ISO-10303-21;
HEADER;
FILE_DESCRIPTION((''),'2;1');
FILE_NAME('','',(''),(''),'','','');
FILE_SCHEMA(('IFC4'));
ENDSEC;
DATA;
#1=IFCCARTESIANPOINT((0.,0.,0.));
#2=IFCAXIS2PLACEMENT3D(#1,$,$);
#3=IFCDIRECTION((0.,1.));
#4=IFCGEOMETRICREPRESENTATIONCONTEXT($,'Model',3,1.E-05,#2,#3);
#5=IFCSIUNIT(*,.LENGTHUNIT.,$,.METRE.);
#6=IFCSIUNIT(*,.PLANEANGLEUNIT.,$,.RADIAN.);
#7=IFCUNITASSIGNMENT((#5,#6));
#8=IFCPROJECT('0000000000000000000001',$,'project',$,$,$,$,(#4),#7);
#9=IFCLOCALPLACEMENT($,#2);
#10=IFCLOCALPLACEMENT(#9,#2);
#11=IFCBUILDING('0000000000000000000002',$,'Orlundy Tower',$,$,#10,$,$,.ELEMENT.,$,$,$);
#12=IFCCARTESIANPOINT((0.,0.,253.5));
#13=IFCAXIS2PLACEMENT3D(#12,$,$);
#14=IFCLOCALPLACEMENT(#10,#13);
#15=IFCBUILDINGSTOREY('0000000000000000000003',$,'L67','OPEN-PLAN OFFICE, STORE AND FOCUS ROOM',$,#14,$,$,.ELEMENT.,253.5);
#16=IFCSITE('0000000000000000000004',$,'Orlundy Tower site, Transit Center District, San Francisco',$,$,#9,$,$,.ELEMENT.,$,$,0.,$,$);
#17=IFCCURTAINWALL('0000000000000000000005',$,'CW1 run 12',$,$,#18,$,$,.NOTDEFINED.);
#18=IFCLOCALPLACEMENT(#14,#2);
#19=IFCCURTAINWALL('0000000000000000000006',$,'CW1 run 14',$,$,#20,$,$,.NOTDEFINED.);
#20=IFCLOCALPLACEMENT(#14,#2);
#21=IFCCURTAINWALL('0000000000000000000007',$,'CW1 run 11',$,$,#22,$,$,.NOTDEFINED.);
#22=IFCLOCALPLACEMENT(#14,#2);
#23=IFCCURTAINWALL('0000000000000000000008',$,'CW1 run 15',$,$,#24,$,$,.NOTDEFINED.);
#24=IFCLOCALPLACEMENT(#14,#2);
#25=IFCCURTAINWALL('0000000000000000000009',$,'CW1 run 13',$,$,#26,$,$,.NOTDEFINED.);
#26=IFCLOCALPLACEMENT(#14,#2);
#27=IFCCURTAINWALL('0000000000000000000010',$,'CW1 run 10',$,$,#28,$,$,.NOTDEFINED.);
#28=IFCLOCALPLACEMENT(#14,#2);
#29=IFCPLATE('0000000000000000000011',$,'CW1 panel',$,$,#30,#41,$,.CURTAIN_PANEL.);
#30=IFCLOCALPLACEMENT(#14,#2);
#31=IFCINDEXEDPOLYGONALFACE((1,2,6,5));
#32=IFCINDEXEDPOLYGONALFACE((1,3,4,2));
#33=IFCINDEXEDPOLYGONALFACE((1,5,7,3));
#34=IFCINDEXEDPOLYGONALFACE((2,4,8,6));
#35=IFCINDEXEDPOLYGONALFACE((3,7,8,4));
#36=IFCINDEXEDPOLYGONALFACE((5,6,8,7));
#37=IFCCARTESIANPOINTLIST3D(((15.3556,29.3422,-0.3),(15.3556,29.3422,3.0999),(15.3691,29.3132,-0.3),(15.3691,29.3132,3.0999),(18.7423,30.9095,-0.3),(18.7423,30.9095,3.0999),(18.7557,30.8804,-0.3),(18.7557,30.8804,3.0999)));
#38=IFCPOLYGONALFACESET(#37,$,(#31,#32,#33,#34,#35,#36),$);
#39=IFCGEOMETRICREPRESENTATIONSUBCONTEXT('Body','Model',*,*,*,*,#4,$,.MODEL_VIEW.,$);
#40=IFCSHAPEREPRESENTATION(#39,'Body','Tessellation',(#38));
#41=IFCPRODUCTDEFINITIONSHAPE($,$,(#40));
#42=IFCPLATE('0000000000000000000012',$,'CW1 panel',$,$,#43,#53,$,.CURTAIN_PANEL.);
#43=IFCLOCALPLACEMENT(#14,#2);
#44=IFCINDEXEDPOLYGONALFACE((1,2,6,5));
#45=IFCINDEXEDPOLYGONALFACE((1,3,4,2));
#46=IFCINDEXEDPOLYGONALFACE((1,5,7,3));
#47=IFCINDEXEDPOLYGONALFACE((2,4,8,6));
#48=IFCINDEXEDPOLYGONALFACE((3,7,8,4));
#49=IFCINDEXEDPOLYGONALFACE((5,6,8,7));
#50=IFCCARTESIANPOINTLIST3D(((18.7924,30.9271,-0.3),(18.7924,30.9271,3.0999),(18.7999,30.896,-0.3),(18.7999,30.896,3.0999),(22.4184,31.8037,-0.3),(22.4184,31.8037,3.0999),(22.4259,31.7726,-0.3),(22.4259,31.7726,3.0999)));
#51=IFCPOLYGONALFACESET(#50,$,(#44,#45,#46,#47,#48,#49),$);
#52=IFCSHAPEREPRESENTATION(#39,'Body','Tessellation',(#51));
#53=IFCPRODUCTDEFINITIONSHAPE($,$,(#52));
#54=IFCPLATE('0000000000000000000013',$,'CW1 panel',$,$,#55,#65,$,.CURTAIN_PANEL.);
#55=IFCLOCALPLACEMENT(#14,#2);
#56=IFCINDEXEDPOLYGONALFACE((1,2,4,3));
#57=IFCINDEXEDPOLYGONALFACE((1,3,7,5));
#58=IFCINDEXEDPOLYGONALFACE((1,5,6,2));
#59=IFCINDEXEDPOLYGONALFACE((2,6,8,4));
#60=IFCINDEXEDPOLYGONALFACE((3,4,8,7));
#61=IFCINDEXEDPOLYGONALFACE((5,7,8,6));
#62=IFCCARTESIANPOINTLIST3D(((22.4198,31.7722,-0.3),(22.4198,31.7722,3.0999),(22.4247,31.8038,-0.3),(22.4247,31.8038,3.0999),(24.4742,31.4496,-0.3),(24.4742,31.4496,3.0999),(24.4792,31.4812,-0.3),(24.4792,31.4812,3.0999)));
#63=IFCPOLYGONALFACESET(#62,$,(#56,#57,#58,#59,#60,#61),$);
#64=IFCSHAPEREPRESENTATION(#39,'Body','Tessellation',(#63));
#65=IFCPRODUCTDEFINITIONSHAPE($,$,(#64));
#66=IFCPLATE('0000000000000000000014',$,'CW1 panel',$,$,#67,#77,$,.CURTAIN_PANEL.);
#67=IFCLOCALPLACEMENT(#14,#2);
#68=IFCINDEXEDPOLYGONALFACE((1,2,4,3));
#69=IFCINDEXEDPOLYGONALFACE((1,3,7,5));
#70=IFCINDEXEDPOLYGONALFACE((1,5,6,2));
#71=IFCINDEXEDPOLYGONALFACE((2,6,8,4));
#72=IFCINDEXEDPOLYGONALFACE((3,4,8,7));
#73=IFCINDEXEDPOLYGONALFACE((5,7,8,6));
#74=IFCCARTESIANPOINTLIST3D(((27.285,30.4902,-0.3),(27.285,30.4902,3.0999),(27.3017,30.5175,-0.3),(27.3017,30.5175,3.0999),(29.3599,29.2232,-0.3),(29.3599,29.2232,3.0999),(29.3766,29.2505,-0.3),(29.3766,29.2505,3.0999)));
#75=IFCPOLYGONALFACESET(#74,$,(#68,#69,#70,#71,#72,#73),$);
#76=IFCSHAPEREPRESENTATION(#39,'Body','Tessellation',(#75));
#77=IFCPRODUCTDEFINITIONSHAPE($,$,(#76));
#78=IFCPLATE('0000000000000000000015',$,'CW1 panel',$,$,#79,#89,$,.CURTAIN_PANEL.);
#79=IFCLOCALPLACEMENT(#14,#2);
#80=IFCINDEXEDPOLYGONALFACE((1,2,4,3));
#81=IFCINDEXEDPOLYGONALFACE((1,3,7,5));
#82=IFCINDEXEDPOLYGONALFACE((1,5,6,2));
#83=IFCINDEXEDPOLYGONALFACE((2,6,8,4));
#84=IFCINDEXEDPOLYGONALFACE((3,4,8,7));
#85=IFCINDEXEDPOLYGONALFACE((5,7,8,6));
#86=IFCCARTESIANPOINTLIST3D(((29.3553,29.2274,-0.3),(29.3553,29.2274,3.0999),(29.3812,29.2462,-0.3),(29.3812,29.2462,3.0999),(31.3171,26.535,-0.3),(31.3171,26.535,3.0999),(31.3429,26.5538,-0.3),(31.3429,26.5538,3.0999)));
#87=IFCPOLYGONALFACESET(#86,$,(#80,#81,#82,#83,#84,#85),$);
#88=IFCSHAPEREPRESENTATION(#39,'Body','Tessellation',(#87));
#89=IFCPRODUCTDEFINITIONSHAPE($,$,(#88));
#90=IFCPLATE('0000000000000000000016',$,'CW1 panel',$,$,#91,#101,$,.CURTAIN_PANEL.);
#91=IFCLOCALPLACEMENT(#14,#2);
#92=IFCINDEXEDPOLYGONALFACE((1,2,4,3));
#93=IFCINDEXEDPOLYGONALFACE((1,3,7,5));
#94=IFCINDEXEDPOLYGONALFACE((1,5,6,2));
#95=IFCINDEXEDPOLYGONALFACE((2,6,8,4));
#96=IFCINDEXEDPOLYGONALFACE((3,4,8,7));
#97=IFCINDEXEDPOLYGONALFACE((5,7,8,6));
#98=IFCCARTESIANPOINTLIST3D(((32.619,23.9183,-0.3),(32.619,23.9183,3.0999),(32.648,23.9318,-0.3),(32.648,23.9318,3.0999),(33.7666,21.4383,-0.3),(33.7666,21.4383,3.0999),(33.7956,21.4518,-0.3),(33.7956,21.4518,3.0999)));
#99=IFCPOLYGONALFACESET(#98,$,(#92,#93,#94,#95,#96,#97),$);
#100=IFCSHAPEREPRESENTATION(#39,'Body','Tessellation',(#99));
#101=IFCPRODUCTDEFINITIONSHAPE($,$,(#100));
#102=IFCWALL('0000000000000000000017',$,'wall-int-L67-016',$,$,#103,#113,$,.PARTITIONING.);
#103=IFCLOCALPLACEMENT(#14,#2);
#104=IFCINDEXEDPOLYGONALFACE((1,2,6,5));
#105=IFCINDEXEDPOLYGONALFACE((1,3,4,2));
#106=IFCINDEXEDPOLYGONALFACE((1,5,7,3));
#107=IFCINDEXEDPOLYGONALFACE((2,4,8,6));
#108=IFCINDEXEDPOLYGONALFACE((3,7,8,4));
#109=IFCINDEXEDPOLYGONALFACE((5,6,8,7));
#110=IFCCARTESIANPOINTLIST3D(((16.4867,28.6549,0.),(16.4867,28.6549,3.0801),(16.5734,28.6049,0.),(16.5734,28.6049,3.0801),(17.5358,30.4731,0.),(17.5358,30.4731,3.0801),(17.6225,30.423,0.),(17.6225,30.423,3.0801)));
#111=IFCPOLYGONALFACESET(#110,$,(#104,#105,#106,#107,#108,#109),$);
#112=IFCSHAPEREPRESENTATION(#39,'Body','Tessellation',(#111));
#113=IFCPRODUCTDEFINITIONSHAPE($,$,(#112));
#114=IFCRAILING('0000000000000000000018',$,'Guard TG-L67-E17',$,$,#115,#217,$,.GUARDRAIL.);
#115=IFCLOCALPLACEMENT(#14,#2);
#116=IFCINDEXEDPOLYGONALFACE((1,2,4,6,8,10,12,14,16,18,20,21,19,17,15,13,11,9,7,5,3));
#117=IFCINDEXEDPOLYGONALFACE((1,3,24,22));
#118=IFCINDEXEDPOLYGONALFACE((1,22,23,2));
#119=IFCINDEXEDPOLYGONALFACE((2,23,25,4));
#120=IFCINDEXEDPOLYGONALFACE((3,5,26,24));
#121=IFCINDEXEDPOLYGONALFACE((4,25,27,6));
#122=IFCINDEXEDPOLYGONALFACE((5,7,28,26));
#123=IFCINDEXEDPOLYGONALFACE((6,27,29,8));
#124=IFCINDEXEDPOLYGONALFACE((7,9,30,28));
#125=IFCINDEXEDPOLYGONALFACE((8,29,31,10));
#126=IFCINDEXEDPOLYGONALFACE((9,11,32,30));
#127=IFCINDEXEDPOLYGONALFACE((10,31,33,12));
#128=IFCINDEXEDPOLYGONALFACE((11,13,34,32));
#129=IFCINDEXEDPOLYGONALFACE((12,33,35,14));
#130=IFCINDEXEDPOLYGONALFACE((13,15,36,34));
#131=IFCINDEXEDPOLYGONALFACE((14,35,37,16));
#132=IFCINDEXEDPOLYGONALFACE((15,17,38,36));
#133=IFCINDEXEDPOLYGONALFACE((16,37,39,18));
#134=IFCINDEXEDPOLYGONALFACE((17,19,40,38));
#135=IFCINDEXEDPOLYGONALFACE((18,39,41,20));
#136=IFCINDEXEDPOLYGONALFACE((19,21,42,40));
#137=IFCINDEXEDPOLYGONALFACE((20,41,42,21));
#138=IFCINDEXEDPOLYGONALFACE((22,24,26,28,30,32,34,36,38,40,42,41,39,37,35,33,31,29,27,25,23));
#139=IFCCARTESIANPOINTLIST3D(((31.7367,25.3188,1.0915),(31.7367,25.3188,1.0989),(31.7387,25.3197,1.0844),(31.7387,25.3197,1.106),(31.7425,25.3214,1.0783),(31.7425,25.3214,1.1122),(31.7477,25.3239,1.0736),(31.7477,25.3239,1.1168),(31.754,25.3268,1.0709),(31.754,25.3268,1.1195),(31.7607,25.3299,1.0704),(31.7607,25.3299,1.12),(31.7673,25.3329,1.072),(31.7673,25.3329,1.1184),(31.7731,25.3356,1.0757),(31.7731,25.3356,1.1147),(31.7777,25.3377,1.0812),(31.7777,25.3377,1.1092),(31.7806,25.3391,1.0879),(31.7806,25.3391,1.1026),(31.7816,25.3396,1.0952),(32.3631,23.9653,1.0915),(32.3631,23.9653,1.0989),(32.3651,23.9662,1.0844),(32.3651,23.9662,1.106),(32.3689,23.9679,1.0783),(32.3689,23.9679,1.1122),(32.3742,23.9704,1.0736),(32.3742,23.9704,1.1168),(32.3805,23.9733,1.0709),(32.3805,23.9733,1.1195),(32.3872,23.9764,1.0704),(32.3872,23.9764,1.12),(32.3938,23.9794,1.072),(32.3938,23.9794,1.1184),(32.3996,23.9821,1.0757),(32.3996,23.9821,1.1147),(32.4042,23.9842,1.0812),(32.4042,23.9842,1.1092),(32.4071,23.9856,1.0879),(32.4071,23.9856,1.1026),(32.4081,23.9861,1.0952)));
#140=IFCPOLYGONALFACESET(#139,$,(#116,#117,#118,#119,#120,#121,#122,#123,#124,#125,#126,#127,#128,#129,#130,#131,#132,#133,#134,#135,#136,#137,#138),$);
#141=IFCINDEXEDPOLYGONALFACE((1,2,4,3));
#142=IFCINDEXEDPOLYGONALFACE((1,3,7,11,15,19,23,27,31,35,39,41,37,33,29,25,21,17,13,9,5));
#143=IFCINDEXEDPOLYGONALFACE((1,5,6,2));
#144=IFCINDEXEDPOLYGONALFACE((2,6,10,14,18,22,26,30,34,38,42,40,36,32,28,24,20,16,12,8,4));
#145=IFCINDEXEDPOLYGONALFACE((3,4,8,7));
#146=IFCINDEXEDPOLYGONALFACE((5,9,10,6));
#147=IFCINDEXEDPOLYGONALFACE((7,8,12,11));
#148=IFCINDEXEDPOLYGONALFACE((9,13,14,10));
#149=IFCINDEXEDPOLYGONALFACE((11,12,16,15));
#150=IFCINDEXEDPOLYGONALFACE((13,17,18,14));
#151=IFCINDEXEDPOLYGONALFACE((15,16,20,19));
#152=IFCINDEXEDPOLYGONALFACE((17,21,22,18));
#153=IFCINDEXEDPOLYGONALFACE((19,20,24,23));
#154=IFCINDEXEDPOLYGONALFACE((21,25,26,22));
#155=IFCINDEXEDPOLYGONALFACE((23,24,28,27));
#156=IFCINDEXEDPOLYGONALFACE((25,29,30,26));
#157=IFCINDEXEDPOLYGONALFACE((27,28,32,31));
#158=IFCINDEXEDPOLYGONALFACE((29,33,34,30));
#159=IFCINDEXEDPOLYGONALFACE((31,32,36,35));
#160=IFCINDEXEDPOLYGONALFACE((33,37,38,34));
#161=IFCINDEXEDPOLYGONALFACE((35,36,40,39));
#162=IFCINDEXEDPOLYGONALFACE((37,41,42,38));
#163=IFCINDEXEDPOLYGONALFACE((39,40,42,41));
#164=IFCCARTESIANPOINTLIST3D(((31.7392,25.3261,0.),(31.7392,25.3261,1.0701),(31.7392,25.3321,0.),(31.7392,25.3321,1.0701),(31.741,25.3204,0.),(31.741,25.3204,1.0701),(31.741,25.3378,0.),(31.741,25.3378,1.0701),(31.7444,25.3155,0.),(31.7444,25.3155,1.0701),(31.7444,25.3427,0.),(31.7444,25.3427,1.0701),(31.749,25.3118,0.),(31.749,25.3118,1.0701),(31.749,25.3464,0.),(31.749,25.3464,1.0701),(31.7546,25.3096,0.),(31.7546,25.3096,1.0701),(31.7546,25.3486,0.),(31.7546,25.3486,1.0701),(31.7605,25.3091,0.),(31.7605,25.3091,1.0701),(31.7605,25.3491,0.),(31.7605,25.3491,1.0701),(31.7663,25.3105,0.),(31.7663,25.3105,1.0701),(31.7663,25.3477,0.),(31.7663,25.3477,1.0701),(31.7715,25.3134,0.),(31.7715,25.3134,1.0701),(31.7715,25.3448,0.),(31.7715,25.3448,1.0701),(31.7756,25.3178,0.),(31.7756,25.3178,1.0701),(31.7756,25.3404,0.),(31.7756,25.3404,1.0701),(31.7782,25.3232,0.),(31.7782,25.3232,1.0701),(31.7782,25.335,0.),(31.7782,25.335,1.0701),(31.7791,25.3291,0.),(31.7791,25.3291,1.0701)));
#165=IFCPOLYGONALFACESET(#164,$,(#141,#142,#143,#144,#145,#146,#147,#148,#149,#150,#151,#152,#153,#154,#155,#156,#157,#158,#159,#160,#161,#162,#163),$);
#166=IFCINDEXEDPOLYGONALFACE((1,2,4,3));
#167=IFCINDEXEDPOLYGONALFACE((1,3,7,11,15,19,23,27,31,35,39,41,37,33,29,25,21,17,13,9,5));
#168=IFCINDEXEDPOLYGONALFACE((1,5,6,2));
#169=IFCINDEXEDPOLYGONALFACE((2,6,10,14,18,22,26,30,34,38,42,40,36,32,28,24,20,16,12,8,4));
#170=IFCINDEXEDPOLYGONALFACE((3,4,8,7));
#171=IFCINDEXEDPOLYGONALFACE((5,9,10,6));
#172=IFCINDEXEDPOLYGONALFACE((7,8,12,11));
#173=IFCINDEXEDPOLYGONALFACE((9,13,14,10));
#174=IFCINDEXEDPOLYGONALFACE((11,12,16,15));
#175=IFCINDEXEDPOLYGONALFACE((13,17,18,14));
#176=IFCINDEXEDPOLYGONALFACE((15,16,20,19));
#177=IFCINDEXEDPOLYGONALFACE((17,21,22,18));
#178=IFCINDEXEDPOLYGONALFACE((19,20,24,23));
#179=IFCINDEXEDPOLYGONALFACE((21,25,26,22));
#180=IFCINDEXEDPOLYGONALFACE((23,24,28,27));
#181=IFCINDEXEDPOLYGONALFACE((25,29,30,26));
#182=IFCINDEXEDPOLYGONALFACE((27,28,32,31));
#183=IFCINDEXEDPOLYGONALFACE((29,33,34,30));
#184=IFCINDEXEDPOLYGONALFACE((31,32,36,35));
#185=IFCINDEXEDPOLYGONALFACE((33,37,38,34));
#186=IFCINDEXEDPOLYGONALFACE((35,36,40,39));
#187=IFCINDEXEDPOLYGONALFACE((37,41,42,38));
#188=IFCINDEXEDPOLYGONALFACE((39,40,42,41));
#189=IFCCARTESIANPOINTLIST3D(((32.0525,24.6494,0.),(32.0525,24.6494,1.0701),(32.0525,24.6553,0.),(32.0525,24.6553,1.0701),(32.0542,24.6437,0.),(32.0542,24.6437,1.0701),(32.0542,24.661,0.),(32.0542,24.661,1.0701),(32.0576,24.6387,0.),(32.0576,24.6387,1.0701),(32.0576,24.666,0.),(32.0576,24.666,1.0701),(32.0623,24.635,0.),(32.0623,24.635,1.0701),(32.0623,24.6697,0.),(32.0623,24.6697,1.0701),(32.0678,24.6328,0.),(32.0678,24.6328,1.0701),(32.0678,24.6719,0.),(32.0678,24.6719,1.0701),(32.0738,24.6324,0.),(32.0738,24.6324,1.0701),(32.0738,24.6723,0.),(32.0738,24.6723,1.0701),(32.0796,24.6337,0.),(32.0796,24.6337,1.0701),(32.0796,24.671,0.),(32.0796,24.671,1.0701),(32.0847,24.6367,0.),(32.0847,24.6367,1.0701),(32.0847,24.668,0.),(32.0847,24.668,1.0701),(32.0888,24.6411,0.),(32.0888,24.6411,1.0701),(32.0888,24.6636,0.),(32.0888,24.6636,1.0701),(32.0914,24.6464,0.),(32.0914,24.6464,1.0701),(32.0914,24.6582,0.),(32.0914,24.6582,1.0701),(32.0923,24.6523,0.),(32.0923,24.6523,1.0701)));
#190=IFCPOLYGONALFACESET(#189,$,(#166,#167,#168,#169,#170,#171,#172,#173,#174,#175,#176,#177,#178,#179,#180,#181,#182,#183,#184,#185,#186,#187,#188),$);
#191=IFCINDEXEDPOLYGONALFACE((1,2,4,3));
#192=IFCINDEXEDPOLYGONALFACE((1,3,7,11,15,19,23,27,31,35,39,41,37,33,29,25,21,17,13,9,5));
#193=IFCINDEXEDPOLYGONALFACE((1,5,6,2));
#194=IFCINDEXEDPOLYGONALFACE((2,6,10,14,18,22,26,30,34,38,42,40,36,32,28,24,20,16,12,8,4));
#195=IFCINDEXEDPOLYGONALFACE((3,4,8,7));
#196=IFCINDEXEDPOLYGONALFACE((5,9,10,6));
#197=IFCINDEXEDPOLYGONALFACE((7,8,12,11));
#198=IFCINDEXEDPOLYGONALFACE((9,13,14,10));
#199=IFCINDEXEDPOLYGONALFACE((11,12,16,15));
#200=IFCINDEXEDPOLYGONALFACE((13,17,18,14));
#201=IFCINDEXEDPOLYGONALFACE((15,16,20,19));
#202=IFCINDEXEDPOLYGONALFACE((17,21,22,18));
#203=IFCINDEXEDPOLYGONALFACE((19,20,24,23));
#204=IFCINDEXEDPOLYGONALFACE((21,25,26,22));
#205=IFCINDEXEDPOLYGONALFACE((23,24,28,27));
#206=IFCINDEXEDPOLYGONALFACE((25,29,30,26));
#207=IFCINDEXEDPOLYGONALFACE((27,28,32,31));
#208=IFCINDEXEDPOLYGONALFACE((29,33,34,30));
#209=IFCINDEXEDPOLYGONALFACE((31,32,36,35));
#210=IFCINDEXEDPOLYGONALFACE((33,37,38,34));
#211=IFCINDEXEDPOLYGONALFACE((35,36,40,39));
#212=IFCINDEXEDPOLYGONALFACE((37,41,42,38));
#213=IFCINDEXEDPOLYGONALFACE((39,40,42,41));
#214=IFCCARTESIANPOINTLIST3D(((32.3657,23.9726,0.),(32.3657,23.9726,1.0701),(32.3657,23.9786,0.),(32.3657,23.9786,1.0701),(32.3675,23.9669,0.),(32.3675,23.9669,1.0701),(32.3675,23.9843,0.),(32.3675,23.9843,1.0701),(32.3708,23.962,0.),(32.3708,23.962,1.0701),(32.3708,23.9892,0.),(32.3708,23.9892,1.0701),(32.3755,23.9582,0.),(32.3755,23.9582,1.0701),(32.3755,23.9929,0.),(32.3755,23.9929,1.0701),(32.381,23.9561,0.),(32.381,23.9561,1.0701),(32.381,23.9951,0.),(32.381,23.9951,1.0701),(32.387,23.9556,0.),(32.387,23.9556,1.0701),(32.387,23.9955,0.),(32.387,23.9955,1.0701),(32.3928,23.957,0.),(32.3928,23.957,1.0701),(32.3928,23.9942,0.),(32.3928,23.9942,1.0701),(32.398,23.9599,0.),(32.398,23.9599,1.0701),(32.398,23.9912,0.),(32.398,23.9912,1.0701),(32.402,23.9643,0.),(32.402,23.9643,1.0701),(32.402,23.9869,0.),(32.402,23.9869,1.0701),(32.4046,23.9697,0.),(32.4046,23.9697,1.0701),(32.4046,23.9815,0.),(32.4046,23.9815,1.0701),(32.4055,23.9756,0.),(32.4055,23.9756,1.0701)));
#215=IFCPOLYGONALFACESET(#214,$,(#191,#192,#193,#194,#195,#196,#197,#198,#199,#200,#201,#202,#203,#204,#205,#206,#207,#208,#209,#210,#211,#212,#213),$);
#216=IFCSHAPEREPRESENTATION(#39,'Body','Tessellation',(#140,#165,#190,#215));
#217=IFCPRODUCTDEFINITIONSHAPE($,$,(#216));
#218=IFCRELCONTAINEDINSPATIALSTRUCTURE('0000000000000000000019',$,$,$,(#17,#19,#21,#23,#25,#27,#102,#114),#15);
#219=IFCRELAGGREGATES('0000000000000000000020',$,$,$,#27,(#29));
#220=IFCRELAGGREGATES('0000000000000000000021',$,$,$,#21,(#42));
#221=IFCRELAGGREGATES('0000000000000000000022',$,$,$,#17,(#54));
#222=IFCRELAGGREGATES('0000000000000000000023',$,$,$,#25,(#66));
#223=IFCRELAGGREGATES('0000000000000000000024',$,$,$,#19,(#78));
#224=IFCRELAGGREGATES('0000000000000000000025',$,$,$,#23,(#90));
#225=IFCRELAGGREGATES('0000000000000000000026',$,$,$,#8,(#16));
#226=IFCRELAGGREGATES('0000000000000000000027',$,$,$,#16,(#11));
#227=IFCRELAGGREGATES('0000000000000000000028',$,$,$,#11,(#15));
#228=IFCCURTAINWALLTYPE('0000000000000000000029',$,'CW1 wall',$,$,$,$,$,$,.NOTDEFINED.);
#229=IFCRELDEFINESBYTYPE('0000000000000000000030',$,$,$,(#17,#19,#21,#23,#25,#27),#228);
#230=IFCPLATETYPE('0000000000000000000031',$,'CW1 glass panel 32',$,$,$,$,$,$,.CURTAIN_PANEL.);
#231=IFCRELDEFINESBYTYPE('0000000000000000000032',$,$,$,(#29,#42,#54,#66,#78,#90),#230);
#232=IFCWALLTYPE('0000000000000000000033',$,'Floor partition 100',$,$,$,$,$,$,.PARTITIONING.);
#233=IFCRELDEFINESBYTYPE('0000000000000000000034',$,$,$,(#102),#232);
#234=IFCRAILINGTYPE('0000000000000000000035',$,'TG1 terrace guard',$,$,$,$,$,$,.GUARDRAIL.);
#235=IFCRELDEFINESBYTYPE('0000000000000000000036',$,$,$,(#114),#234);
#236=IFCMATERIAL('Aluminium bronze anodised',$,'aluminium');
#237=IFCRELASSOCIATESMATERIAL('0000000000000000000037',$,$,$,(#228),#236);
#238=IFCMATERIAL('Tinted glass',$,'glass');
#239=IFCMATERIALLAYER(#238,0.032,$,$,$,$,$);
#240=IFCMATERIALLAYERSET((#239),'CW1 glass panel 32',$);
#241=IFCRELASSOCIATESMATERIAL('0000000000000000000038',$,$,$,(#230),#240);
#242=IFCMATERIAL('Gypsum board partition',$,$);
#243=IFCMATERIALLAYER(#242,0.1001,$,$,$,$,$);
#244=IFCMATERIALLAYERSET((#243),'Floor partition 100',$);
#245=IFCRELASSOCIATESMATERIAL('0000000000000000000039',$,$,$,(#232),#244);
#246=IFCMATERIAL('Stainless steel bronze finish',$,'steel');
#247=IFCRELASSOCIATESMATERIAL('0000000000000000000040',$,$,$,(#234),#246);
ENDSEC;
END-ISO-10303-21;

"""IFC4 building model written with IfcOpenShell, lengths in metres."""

from ifc_helpers import new_model, si_unit, direction, frame, frame_2d, origin, origin_2d, place, context, subcontext, project, spatial, rectangle, circle, extrude, material, layer, layer_set, type_object, element, aggregate, save


model = new_model("IFC4")

# Units and contexts
model_context = context("Model", 3, precision=1e-05, world=origin(), true_north=direction((0.0, 1.0)))
body_context = subcontext(model_context, "Body", "Model", "MODEL_VIEW")
ifc_project = project(units=[si_unit("LENGTHUNIT", "METRE"), si_unit("PLANEANGLEUNIT", "RADIAN")], contexts=[model_context])

# Site, building, storey
site_placement = place(None, origin())
site = spatial("IfcSite", under=ifc_project, at=site_placement, Name="Orlundy Tower site, Transit Center District, San Francisco", CompositionType="ELEMENT", RefElevation=0.0)
building_placement = place(site_placement, origin())
building = spatial("IfcBuilding", under=site, at=building_placement, Name="Orlundy Tower", CompositionType="ELEMENT")
storey_placement = place(building_placement, frame((0.0, 0.0, 253.5)))
storey = spatial("IfcBuildingStorey", under=building, at=storey_placement, Name="L67", Description="OPEN-PLAN OFFICE, STORE AND FOCUS ROOM", CompositionType="ELEMENT", Elevation=253.5)

# Curtain walls
ifc_material_1 = material(Name="Aluminium bronze anodised", Category="aluminium")
curtain_wall_type = type_object("IfcCurtainWallType", Name="CW1 wall", PredefinedType="NOTDEFINED", material=ifc_material_1)
curtain_wall_1_placement = place(storey_placement, origin())
curtain_wall_1 = element("IfcCurtainWall", 1, at=curtain_wall_1_placement, inside=storey, type_object=curtain_wall_type, Name="CW1 run 12", PredefinedType="NOTDEFINED")
curtain_wall_2_placement = place(storey_placement, origin())
curtain_wall_2 = element("IfcCurtainWall", 2, at=curtain_wall_2_placement, inside=storey, type_object=curtain_wall_type, Name="CW1 run 14", PredefinedType="NOTDEFINED")
curtain_wall_3_placement = place(storey_placement, origin())
curtain_wall_3 = element("IfcCurtainWall", 3, at=curtain_wall_3_placement, inside=storey, type_object=curtain_wall_type, Name="CW1 run 11", PredefinedType="NOTDEFINED")
curtain_wall_4_placement = place(storey_placement, origin())
curtain_wall_4 = element("IfcCurtainWall", 4, at=curtain_wall_4_placement, inside=storey, type_object=curtain_wall_type, Name="CW1 run 15", PredefinedType="NOTDEFINED")

# Curtain wall
curtain_wall_5_placement = place(storey_placement, origin())
curtain_wall_5 = element("IfcCurtainWall", 5, at=curtain_wall_5_placement, inside=storey, type_object=curtain_wall_type, Name="CW1 run 13", PredefinedType="NOTDEFINED")

# Curtain wall, plate
curtain_wall_6_placement = place(storey_placement, origin())
curtain_wall_6 = element("IfcCurtainWall", 6, at=curtain_wall_6_placement, inside=storey, type_object=curtain_wall_type, Name="CW1 run 10", PredefinedType="NOTDEFINED")
ifc_material_2 = material(Name="Tinted glass", Category="glass")
ifc_layer_1 = layer(ifc_material_2, 0.032)
ifc_layer_set_1 = layer_set([ifc_layer_1], Name="CW1 glass panel 32")
plate_type = type_object("IfcPlateType", Name="CW1 glass panel 32", PredefinedType="CURTAIN_PANEL", material=ifc_layer_set_1)
plate_1_placement = place(storey_placement, frame((17.0557, 30.1113, -0.3), z_axis=(0.0, 0.0, 1.0), x_axis=(0.907535, 0.419976, 0.0)))
plate_1 = element("IfcPlate", 7, at=plate_1_placement, type_object=plate_type, Name="CW1 panel", PredefinedType="CURTAIN_PANEL", context=body_context, shape_type="SweptSolid", body=[
    extrude(rectangle(XDim=3.7317, YDim=0.032, at=origin_2d()), origin(), (0.0, 0.0, 1.0), 3.3999),
])
aggregate(curtain_wall_6, [plate_1])

# Plates
plate_2_placement = place(storey_placement, frame((20.6091, 31.3499, -0.3), z_axis=(0.0, 0.0, 1.0), x_axis=(0.972002, 0.234975, 0.0)))
plate_2 = element("IfcPlate", 8, at=plate_2_placement, type_object=plate_type, Name="CW1 panel", PredefinedType="CURTAIN_PANEL", context=body_context, shape_type="SweptSolid", body=[
    extrude(rectangle(XDim=3.7305, YDim=0.032, at=origin_2d()), origin(), (0.0, 0.0, 1.0), 3.3999),
])
aggregate(curtain_wall_3, [plate_2])
plate_3_placement = place(storey_placement, frame((23.4495, 31.6267, -0.3), z_axis=(0.0, 0.0, 1.0), x_axis=(0.987896, -0.155117, 0.0)))
plate_3 = element("IfcPlate", 9, at=plate_3_placement, type_object=plate_type, Name="CW1 panel", PredefinedType="CURTAIN_PANEL", context=body_context, shape_type="SweptSolid", body=[
    extrude(rectangle(XDim=2.0796, YDim=0.032, at=origin_2d()), origin(), (0.0, 0.0, 1.0), 3.3999),
])
aggregate(curtain_wall_1, [plate_3])
plate_4_placement = place(storey_placement, frame((28.3308, 29.8704, -0.3), z_axis=(0.0, 0.0, 1.0), x_axis=(0.853468, -0.521144, 0.0)))
plate_4 = element("IfcPlate", 10, at=plate_4_placement, type_object=plate_type, Name="CW1 panel", PredefinedType="CURTAIN_PANEL", context=body_context, shape_type="SweptSolid", body=[
    extrude(rectangle(XDim=2.4312, YDim=0.032, at=origin_2d()), origin(), (0.0, 0.0, 1.0), 3.3999),
])
aggregate(curtain_wall_5, [plate_4])
plate_5_placement = place(storey_placement, frame((30.3491, 27.8906, -0.3), z_axis=(0.0, 0.0, 1.0), x_axis=(0.588893, -0.808211, 0.0)))
plate_5 = element("IfcPlate", 11, at=plate_5_placement, type_object=plate_type, Name="CW1 panel", PredefinedType="CURTAIN_PANEL", context=body_context, shape_type="SweptSolid", body=[
    extrude(rectangle(XDim=3.3313, YDim=0.032, at=origin_2d()), origin(), (0.0, 0.0, 1.0), 3.3999),
])
aggregate(curtain_wall_2, [plate_5])
plate_6_placement = place(storey_placement, frame((33.2073, 22.6851, -0.3), z_axis=(0.0, 0.0, 1.0), x_axis=(0.419961, -0.907542, 0.0)))
plate_6 = element("IfcPlate", 12, at=plate_6_placement, type_object=plate_type, Name="CW1 panel", PredefinedType="CURTAIN_PANEL", context=body_context, shape_type="SweptSolid", body=[
    extrude(rectangle(XDim=2.7327, YDim=0.032, at=origin_2d()), origin(), (0.0, 0.0, 1.0), 3.3999),
])
aggregate(curtain_wall_4, [plate_6])

# Wall
ifc_material_3 = material(Name="Gypsum board partition")
ifc_layer_2 = layer(ifc_material_3, 0.1001)
ifc_layer_set_2 = layer_set([ifc_layer_2], Name="Floor partition 100")
wall_type = type_object("IfcWallType", Name="Floor partition 100", PredefinedType="PARTITIONING", material=ifc_layer_set_2)
wall_placement = place(storey_placement, frame((16.53, 28.6299, 0.0), z_axis=(0.0, 0.0, 1.0), x_axis=(0.49978, 0.866153, 0.0)))
element("IfcWall", 13, at=wall_placement, inside=storey, type_object=wall_type, Name="wall-int-L67-016", PredefinedType="PARTITIONING", context=body_context, shape_type="SweptSolid", body=[
    extrude(rectangle(XDim=2.0991, YDim=0.1001, at=frame_2d((1.0496, 0.0))), origin(), (0.0, 0.0, 1.0), 3.0801),
])

# Railing
ifc_material_4 = material(Name="Stainless steel bronze finish", Category="steel")
railing_type = type_object("IfcRailingType", Name="TG1 terrace guard", PredefinedType="GUARDRAIL", material=ifc_material_4)
railing_1_placement = place(storey_placement, frame((31.759, 25.3291, 0.0)))
element("IfcRailing", 14, at=railing_1_placement, inside=storey, type_object=railing_type, Name="Guard TG-L67-E17", PredefinedType="GUARDRAIL", context=body_context, shape_type="SweptSolid", body=[
    extrude(circle(Radius=0.0249, at=origin_2d()), frame((0.0, 0.0, 1.0952), z_axis=(0.420034, -0.907509, 0.0), x_axis=(0.907509, 0.420034, 0.0)), (0.0, 0.0, 1.0), 1.4915),
    extrude(circle(Radius=0.02, at=origin_2d()), origin(), (0.0, 0.0, 1.0), 1.0701),
    extrude(circle(Radius=0.02, at=origin_2d()), frame((0.3132, -0.6768, 0.0)), (0.0, 0.0, 1.0), 1.0701),
    extrude(circle(Radius=0.02, at=origin_2d()), frame((0.6265, -1.3535, 0.0)), (0.0, 0.0, 1.0), 1.0701),
])

save(model, "model.ifc")
